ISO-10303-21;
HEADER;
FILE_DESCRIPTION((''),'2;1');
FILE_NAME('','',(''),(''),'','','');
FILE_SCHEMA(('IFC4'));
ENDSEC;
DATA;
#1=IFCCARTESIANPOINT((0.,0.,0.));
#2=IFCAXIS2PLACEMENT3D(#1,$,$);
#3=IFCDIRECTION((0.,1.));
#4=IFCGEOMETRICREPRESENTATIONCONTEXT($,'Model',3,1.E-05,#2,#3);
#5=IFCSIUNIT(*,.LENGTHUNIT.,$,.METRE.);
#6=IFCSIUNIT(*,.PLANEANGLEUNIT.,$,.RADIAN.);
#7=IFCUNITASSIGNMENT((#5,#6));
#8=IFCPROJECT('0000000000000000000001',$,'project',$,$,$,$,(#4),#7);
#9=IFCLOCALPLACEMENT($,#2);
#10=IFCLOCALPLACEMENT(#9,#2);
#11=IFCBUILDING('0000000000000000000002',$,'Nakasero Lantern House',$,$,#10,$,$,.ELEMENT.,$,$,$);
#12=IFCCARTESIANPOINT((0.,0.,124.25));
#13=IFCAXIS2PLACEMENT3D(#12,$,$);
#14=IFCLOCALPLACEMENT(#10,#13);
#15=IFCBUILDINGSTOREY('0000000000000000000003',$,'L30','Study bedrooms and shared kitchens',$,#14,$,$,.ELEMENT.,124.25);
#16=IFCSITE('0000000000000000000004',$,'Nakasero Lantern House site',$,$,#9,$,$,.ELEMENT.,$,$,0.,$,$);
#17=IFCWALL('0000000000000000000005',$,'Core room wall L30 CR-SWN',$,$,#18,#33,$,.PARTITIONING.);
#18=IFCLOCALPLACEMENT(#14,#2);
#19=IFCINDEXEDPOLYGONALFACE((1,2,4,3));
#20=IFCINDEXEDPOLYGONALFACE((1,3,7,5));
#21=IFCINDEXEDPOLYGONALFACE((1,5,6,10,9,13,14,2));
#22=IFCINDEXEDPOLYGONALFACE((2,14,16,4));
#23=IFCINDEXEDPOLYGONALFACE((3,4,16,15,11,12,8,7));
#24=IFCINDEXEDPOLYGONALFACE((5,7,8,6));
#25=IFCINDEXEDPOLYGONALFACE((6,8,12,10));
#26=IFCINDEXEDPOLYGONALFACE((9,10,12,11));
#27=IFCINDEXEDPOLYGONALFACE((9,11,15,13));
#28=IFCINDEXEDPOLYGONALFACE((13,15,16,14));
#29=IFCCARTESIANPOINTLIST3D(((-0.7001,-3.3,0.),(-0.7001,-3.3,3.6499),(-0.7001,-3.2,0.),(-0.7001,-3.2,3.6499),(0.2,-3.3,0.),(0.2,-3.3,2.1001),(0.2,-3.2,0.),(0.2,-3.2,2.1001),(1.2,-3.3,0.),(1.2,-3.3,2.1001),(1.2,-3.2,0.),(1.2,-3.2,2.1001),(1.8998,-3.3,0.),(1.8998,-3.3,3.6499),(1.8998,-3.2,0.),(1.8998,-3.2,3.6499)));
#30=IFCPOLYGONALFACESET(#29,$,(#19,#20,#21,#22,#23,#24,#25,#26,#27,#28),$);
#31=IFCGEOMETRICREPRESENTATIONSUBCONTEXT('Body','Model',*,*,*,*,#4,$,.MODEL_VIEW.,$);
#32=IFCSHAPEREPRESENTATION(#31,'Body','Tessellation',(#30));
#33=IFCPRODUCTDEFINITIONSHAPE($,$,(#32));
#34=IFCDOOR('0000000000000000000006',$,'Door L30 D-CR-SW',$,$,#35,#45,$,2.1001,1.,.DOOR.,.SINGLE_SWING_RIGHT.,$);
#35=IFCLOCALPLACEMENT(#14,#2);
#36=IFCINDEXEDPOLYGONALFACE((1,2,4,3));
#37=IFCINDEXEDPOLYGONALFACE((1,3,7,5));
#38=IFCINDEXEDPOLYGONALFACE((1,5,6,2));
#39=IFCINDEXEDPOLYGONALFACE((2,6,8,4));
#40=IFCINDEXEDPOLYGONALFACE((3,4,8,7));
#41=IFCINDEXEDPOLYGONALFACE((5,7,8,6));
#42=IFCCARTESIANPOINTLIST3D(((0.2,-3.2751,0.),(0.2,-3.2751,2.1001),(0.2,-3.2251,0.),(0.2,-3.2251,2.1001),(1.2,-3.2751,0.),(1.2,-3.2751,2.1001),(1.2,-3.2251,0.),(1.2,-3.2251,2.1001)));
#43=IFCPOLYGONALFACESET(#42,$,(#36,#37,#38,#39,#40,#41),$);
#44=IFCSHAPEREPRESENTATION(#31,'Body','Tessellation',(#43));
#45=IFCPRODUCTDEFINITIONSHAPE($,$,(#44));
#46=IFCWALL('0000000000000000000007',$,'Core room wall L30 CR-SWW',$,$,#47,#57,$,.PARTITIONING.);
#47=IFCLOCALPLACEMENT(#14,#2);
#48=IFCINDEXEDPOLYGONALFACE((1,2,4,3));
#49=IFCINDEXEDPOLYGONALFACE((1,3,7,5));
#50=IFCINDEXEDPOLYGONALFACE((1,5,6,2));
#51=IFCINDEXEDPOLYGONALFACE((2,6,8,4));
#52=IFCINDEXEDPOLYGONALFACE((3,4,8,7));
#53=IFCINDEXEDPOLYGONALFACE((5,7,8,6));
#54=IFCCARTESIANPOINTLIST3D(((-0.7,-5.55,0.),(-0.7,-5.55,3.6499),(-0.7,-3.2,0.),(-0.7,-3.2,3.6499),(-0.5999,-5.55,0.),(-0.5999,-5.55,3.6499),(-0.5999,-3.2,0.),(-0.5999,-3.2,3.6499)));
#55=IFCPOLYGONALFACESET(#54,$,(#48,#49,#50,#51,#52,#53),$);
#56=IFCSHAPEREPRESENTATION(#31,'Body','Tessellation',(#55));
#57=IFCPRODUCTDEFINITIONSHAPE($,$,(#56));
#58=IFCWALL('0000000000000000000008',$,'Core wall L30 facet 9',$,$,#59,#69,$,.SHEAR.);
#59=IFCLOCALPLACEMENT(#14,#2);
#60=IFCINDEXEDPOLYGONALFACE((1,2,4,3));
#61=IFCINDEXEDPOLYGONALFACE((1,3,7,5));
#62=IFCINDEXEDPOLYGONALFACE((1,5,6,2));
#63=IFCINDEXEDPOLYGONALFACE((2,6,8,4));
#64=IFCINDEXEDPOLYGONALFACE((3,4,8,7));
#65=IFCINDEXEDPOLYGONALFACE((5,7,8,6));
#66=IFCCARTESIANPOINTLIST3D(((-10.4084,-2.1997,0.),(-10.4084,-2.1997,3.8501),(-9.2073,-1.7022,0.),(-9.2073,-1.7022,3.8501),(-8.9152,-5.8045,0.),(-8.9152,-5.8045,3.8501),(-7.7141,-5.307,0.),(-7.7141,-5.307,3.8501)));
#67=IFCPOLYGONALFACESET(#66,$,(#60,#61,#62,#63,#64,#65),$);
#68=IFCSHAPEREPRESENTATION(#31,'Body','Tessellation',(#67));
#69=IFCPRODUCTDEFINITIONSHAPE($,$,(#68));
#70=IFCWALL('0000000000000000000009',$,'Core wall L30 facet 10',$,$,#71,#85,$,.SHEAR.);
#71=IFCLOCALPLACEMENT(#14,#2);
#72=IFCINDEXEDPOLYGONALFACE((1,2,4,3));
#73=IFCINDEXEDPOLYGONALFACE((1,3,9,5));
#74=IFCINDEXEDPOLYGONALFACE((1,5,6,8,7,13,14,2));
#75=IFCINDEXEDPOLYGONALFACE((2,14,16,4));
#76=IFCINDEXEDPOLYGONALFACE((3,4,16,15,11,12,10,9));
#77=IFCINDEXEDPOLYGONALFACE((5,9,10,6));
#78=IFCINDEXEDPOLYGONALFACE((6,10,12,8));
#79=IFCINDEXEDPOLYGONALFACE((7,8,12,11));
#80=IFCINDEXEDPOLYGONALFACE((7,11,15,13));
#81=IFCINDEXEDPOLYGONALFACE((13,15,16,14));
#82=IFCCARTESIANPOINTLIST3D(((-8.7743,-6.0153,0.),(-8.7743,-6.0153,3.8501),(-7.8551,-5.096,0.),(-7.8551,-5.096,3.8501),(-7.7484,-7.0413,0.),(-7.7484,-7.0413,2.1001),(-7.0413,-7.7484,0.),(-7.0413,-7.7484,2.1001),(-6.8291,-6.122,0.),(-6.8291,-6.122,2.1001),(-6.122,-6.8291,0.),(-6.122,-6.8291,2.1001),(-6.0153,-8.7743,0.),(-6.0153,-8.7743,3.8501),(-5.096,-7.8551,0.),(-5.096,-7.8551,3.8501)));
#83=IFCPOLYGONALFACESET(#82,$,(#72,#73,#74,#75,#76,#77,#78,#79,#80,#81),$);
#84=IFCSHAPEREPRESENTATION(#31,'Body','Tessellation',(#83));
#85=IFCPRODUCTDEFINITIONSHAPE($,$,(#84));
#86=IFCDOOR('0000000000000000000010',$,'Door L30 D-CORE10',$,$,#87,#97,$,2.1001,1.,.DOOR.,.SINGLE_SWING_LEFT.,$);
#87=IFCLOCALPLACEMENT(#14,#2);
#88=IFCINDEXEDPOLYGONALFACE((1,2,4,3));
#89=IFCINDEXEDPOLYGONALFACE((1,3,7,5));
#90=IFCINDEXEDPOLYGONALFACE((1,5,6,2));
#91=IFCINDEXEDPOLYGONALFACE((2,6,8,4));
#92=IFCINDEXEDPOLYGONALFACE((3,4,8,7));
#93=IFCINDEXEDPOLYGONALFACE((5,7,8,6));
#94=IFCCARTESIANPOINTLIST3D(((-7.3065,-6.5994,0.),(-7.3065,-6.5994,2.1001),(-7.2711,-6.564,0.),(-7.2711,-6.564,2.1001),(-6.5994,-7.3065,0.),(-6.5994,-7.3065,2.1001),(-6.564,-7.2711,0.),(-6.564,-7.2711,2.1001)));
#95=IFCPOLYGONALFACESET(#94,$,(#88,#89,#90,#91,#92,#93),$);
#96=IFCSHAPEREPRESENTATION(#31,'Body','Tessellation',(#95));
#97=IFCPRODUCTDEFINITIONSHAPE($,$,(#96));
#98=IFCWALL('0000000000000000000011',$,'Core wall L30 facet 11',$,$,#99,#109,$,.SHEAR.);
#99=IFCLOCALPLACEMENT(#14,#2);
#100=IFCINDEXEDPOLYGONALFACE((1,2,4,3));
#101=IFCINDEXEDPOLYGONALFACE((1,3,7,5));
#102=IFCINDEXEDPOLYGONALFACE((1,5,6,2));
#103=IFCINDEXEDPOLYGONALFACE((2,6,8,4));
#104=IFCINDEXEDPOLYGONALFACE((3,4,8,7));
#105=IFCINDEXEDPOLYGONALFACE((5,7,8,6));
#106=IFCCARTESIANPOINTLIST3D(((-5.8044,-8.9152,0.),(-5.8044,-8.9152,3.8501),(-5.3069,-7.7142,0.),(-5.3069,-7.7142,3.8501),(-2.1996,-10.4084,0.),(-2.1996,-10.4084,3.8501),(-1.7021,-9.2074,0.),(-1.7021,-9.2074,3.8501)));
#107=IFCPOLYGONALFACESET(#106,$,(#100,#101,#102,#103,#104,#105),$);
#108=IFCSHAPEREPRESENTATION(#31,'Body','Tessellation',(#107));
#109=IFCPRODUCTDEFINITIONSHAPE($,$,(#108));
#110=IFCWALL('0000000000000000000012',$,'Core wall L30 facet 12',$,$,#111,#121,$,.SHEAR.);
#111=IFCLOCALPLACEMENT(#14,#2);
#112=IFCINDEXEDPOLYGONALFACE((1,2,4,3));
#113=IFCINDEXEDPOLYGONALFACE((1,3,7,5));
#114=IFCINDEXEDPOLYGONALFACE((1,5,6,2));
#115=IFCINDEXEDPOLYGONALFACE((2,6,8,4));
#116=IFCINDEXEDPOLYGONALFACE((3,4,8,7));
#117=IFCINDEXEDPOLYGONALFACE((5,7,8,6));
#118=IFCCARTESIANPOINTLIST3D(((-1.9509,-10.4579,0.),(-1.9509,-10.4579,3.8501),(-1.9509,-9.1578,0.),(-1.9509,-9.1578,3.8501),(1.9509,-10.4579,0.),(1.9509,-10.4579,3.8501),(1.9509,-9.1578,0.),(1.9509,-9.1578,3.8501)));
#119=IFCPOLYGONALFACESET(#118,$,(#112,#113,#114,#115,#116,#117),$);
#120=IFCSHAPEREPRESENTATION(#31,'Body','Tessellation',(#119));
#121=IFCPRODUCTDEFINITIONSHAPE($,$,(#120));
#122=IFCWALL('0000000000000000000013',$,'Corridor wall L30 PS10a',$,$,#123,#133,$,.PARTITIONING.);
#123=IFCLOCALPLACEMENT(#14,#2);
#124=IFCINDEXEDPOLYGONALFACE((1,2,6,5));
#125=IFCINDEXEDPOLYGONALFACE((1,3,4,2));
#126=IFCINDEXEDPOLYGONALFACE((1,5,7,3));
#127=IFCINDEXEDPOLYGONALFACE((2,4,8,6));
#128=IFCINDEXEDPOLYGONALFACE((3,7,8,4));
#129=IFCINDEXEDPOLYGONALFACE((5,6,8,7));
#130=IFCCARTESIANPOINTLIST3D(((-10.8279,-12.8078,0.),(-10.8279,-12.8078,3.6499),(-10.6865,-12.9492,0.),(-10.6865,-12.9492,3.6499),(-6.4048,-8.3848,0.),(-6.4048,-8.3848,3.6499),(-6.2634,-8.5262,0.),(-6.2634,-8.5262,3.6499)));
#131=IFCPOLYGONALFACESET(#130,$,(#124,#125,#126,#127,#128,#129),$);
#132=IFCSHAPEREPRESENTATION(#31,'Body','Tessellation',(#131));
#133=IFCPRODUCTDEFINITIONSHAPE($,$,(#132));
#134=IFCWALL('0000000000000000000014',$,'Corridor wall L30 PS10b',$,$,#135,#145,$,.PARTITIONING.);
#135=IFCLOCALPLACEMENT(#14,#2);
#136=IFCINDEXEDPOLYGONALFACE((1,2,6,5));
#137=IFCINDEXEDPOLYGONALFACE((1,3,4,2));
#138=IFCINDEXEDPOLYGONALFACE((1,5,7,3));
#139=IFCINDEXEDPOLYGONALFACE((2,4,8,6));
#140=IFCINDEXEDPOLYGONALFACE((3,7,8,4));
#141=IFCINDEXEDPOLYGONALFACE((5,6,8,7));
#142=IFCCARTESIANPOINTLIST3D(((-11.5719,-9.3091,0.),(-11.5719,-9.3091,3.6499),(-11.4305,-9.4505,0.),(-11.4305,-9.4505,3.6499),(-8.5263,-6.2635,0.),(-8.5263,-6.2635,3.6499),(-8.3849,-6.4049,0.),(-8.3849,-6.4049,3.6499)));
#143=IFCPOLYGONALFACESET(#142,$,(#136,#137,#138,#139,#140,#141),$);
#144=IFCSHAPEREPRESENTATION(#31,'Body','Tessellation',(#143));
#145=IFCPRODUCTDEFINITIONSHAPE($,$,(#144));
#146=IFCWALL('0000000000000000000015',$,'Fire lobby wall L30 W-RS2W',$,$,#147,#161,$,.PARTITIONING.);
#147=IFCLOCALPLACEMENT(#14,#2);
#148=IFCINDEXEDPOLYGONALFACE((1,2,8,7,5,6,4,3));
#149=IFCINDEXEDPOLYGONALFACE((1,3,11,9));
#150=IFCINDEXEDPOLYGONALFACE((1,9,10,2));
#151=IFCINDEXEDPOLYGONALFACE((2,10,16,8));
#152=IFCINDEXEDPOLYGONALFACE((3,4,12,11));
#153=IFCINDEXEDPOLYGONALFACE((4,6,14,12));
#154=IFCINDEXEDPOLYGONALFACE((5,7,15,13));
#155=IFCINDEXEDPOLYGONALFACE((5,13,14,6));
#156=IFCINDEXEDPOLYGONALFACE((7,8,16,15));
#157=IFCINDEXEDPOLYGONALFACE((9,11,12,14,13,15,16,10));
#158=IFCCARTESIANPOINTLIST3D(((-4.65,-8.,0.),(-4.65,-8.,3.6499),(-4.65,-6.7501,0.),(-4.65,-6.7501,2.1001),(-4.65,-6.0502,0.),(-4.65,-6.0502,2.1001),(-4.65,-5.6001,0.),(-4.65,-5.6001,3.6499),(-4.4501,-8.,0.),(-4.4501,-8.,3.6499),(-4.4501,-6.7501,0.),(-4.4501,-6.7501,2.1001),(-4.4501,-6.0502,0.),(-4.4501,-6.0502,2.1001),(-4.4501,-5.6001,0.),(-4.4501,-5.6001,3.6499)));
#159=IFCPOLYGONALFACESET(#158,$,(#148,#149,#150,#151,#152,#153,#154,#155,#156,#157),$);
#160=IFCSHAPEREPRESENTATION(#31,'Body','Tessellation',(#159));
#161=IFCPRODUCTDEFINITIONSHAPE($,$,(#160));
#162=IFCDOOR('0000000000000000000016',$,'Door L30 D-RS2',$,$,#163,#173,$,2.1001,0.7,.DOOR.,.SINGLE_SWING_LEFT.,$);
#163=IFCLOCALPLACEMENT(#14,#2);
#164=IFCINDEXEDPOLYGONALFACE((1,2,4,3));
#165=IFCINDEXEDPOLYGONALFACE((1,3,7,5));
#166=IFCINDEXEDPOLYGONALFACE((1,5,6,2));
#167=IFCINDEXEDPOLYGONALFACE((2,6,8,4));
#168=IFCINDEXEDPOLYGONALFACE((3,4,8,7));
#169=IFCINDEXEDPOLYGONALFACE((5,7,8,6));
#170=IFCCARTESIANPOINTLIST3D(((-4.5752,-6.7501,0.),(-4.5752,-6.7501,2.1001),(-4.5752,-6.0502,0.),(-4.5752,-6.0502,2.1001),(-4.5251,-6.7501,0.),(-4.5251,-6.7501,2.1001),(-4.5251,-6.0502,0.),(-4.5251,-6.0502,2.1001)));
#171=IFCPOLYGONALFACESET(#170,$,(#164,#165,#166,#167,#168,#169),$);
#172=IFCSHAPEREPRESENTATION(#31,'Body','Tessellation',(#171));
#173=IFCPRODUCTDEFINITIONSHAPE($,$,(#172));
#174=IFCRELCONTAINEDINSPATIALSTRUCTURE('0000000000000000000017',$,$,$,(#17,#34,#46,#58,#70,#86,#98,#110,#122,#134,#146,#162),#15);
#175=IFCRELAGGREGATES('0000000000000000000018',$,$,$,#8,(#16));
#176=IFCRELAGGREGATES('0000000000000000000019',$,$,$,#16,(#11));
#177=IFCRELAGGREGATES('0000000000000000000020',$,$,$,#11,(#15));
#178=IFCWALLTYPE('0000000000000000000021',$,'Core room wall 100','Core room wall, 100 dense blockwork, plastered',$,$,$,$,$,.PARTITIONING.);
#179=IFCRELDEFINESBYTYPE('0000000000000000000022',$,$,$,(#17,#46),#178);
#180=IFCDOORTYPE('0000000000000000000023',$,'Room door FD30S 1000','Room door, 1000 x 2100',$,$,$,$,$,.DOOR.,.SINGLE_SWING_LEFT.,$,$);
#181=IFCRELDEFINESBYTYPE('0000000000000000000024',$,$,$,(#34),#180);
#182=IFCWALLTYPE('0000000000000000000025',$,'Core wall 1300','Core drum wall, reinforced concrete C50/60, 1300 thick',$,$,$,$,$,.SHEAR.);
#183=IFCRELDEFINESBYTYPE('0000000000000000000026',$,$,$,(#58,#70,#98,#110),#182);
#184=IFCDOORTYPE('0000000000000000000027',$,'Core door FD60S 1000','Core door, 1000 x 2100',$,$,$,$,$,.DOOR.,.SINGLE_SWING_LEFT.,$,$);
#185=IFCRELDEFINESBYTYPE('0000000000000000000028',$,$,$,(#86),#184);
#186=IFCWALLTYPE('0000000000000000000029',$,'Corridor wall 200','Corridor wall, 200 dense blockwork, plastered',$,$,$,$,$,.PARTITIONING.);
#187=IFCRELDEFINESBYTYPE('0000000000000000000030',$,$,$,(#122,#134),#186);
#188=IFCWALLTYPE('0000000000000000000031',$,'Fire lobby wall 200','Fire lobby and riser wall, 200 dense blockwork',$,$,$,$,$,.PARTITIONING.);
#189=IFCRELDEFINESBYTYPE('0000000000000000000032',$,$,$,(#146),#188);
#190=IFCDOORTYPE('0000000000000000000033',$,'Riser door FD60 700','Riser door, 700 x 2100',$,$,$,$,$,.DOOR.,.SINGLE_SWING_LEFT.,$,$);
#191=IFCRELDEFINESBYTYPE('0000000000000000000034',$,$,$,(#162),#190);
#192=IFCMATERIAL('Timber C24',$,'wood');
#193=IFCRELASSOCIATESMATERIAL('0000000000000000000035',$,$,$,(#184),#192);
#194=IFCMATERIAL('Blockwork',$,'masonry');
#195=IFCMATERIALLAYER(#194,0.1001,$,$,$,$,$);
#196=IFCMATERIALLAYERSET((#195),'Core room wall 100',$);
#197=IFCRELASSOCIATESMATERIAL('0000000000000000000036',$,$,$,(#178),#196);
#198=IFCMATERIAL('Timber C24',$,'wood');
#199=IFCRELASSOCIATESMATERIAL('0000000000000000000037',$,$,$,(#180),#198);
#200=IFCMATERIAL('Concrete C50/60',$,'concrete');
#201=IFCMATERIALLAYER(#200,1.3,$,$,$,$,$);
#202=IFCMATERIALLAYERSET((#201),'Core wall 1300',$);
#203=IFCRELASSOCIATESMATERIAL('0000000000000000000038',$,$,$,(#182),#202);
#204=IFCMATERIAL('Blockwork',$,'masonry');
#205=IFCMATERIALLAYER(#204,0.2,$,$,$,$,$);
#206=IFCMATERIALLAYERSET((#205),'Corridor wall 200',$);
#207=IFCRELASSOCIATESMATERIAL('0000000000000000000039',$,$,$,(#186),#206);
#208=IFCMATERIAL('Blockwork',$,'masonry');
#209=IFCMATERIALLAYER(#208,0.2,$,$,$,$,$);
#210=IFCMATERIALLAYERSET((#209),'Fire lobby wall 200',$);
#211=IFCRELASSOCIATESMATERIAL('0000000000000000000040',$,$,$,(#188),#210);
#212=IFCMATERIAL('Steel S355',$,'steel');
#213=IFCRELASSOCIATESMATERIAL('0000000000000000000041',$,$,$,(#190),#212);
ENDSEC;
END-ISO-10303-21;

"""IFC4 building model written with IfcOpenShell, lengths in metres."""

from ifc_helpers import new_model, si_unit, direction, frame, frame_2d, origin, place, context, subcontext, project, spatial, rectangle, extrude, material, layer, layer_set, type_object, element, fill, save


model = new_model("IFC4")

# Units and contexts
model_context = context("Model", 3, precision=1e-05, world=origin(), true_north=direction((0.0, 1.0)))
body_context = subcontext(model_context, "Body", "Model", "MODEL_VIEW")
ifc_project = project(units=[si_unit("LENGTHUNIT", "METRE"), si_unit("PLANEANGLEUNIT", "RADIAN")], contexts=[model_context])

# Site, building, storey
site_placement = place(None, origin())
site = spatial("IfcSite", under=ifc_project, at=site_placement, Name="Nakasero Lantern House site", CompositionType="ELEMENT", RefElevation=0.0)
building_placement = place(site_placement, origin())
building = spatial("IfcBuilding", under=site, at=building_placement, Name="Nakasero Lantern House", CompositionType="ELEMENT")
storey_placement = place(building_placement, frame((0.0, 0.0, 124.25)))
storey = spatial("IfcBuildingStorey", under=building, at=storey_placement, Name="L30", Description="Study bedrooms and shared kitchens", CompositionType="ELEMENT", Elevation=124.25)

# Shared definitions
ifc_material_1 = material(Name="Timber C24", Category="wood")
door_type_1 = type_object("IfcDoorType", Name="Core door FD60S 1000", Description="Core door, 1000 x 2100", OperationType="SINGLE_SWING_LEFT", PredefinedType="DOOR", material=ifc_material_1)

# Wall, opening, door
ifc_material_2 = material(Name="Blockwork", Category="masonry")
ifc_layer_1 = layer(ifc_material_2, 0.1001)
ifc_layer_set_1 = layer_set([ifc_layer_1], Name="Core room wall 100")
wall_type_1 = type_object("IfcWallType", Name="Core room wall 100", Description="Core room wall, 100 dense blockwork, plastered", PredefinedType="PARTITIONING", material=ifc_layer_set_1)
wall_1_placement = place(storey_placement, frame((-0.7, -3.25, 0.0), z_axis=(0.0, 0.0, 1.0), x_axis=(1.0, 0.0, 0.0)))
wall_1 = element("IfcWall", 1, at=wall_1_placement, inside=storey, type_object=wall_type_1, Name="Core room wall L30 CR-SWN", PredefinedType="PARTITIONING", context=body_context, shape_type="SweptSolid", body=[
    extrude(rectangle(XDim=2.5999, YDim=0.1001, at=frame_2d((1.2998, 0.0))), origin(), (0.0, 0.0, 1.0), 3.6499),
])
opening_1_placement = place(wall_1_placement, frame((0.8999, 0.0, 0.0)))
opening_1 = element("IfcOpeningElement", 2, at=opening_1_placement, cuts=wall_1, PredefinedType="OPENING", context=body_context, shape_type="SweptSolid", body=[
    extrude(rectangle(XDim=1.0, YDim=2.1001, at=frame_2d((0.5, 1.05))), frame((0.0, 0.0701, 0.0), z_axis=(0.0, -1.0, 0.0), x_axis=(1.0, 0.0, 0.0)), (0.0, 0.0, 1.0), 0.1401),
])
ifc_material_3 = material(Name="Timber C24", Category="wood")
door_type_2 = type_object("IfcDoorType", Name="Room door FD30S 1000", Description="Room door, 1000 x 2100", OperationType="SINGLE_SWING_LEFT", PredefinedType="DOOR", material=ifc_material_3)
door_1_placement = place(opening_1_placement, origin())
door_1 = element("IfcDoor", 3, at=door_1_placement, inside=storey, type_object=door_type_2, Name="Door L30 D-CR-SW", OperationType="SINGLE_SWING_RIGHT", OverallHeight=2.1001, OverallWidth=1.0, PredefinedType="DOOR", context=body_context, shape_type="SweptSolid", body=[
    extrude(rectangle(XDim=1.0, YDim=2.1001, at=frame_2d((0.5, 1.05))), frame((0.0, 0.0249, 0.0), z_axis=(0.0, -1.0, 0.0), x_axis=(1.0, 0.0, 0.0)), (0.0, 0.0, 1.0), 0.05),
])
fill(opening_1, door_1)

# Walls
wall_2_placement = place(storey_placement, frame((-0.6499, -5.55, 0.0), z_axis=(0.0, 0.0, 1.0), x_axis=(0.0, 1.0, 0.0)))
element("IfcWall", 4, at=wall_2_placement, inside=storey, type_object=wall_type_1, Name="Core room wall L30 CR-SWW", PredefinedType="PARTITIONING", context=body_context, shape_type="SweptSolid", body=[
    extrude(rectangle(XDim=2.3501, YDim=0.1001, at=frame_2d((1.175, 0.0))), origin(), (0.0, 0.0, 1.0), 3.6499),
])
ifc_material_4 = material(Name="Concrete C50/60", Category="concrete")
ifc_layer_2 = layer(ifc_material_4, 1.3)
ifc_layer_set_2 = layer_set([ifc_layer_2], Name="Core wall 1300")
wall_type_2 = type_object("IfcWallType", Name="Core wall 1300", Description="Core drum wall, reinforced concrete C50/60, 1300 thick", PredefinedType="SHEAR", material=ifc_layer_set_2)
wall_3_placement = place(storey_placement, frame((-9.8079, -1.9509, 0.0), z_axis=(0.0, 0.0, 1.0), x_axis=(0.382691, -0.923877, 0.0)))
element("IfcWall", 5, at=wall_3_placement, inside=storey, type_object=wall_type_2, Name="Core wall L30 facet 9", PredefinedType="SHEAR", context=body_context, shape_type="SweptSolid", body=[
    extrude(rectangle(XDim=3.9019, YDim=1.3, at=frame_2d((1.9509, 0.0))), origin(), (0.0, 0.0, 1.0), 3.8501),
])

# Wall, opening, door
wall_4_placement = place(storey_placement, frame((-8.3147, -5.5557, 0.0), z_axis=(0.0, 0.0, 1.0), x_axis=(0.707107, -0.707107, 0.0)))
wall_4 = element("IfcWall", 6, at=wall_4_placement, inside=storey, type_object=wall_type_2, Name="Core wall L30 facet 10", PredefinedType="SHEAR", context=body_context, shape_type="SweptSolid", body=[
    extrude(rectangle(XDim=3.9019, YDim=1.3, at=frame_2d((1.9509, 0.0))), origin(), (0.0, 0.0, 1.0), 3.8501),
])
opening_2_placement = place(wall_4_placement, frame((1.4509, 0.0, 0.0)))
opening_2 = element("IfcOpeningElement", 7, at=opening_2_placement, cuts=wall_4, PredefinedType="OPENING", context=body_context, shape_type="SweptSolid", body=[
    extrude(rectangle(XDim=1.0, YDim=2.1001, at=frame_2d((0.5, 1.05))), frame((0.0, 0.6699, 0.0), z_axis=(0.0, -1.0, 0.0), x_axis=(1.0, 0.0, 0.0)), (0.0, 0.0, 1.0), 1.3401),
])
door_2_placement = place(opening_2_placement, origin())
door_2 = element("IfcDoor", 8, at=door_2_placement, inside=storey, type_object=door_type_1, Name="Door L30 D-CORE10", OperationType="SINGLE_SWING_LEFT", OverallHeight=2.1001, OverallWidth=1.0, PredefinedType="DOOR", context=body_context, shape_type="SweptSolid", body=[
    extrude(rectangle(XDim=1.0, YDim=2.1001, at=frame_2d((0.5, 1.05))), frame((0.0, 0.0249, 0.0), z_axis=(0.0, -1.0, 0.0), x_axis=(1.0, 0.0, 0.0)), (0.0, 0.0, 1.0), 0.05),
])
fill(opening_2, door_2)

# Walls
for number, where, z_axis, x_axis, name in (
    (9, (-5.5557, -8.3147, 0.0), (0.0, 0.0, 1.0), (0.923877, -0.382691, 0.0), "Core wall L30 facet 11"),
    (10, (-1.9509, -9.8079, 0.0), (0.0, 0.0, 1.0), (1.0, 0.0, 0.0), "Core wall L30 facet 12"),
):
    element("IfcWall", number, at=place(storey_placement, frame(where, z_axis=z_axis, x_axis=x_axis)), inside=storey, type_object=wall_type_2, Name=name, PredefinedType="SHEAR", context=body_context, shape_type="SweptSolid", body=[
        extrude(rectangle(XDim=3.9019, YDim=1.3, at=frame_2d((1.9509, 0.0))), origin(), (0.0, 0.0, 1.0), 3.8501),
    ])
ifc_material_5 = material(Name="Blockwork", Category="masonry")
ifc_layer_3 = layer(ifc_material_5, 0.2)
ifc_layer_set_3 = layer_set([ifc_layer_3], Name="Corridor wall 200")
wall_type_3 = type_object("IfcWallType", Name="Corridor wall 200", Description="Corridor wall, 200 dense blockwork, plastered", PredefinedType="PARTITIONING", material=ifc_layer_set_3)
wall_5_placement = place(storey_placement, frame((-6.3342, -8.4556, 0.0), z_axis=(0.0, 0.0, 1.0), x_axis=(-0.707107, -0.707107, 0.0)))
element("IfcWall", 11, at=wall_5_placement, inside=storey, type_object=wall_type_3, Name="Corridor wall L30 PS10a", PredefinedType="PARTITIONING", context=body_context, shape_type="SweptSolid", body=[
    extrude(rectangle(XDim=6.2551, YDim=0.2, at=frame_2d((3.1274, 0.0))), origin(), (0.0, 0.0, 1.0), 3.6499),
])
wall_6_placement = place(storey_placement, frame((-8.4556, -6.3342, 0.0), z_axis=(0.0, 0.0, 1.0), x_axis=(-0.707107, -0.707107, 0.0)))
element("IfcWall", 12, at=wall_6_placement, inside=storey, type_object=wall_type_3, Name="Corridor wall L30 PS10b", PredefinedType="PARTITIONING", context=body_context, shape_type="SweptSolid", body=[
    extrude(rectangle(XDim=4.3071, YDim=0.2, at=frame_2d((2.1536, 0.0))), origin(), (0.0, 0.0, 1.0), 3.6499),
])

# Wall, opening, door
ifc_material_6 = material(Name="Blockwork", Category="masonry")
ifc_layer_4 = layer(ifc_material_6, 0.2)
ifc_layer_set_4 = layer_set([ifc_layer_4], Name="Fire lobby wall 200")
wall_type_4 = type_object("IfcWallType", Name="Fire lobby wall 200", Description="Fire lobby and riser wall, 200 dense blockwork", PredefinedType="PARTITIONING", material=ifc_layer_set_4)
wall_7_placement = place(storey_placement, frame((-4.55, -5.6001, 0.0), z_axis=(0.0, 0.0, 1.0), x_axis=(0.0, -1.0, 0.0)))
wall_7 = element("IfcWall", 13, at=wall_7_placement, inside=storey, type_object=wall_type_4, Name="Fire lobby wall L30 W-RS2W", PredefinedType="PARTITIONING", context=body_context, shape_type="SweptSolid", body=[
    extrude(rectangle(XDim=2.3999, YDim=0.2, at=frame_2d((1.2, 0.0))), origin(), (0.0, 0.0, 1.0), 3.6499),
])
opening_3_placement = place(wall_7_placement, frame((0.45, 0.0, 0.0)))
opening_3 = element("IfcOpeningElement", 14, at=opening_3_placement, cuts=wall_7, PredefinedType="OPENING", context=body_context, shape_type="SweptSolid", body=[
    extrude(rectangle(XDim=0.7, YDim=2.1001, at=frame_2d((0.3501, 1.05))), frame((0.0, 0.1199, 0.0), z_axis=(0.0, -1.0, 0.0), x_axis=(1.0, 0.0, 0.0)), (0.0, 0.0, 1.0), 0.24),
])
ifc_material_7 = material(Name="Steel S355", Category="steel")
door_type_3 = type_object("IfcDoorType", Name="Riser door FD60 700", Description="Riser door, 700 x 2100", OperationType="SINGLE_SWING_LEFT", PredefinedType="DOOR", material=ifc_material_7)
door_3_placement = place(opening_3_placement, origin())
door_3 = element("IfcDoor", 15, at=door_3_placement, inside=storey, type_object=door_type_3, Name="Door L30 D-RS2", OperationType="SINGLE_SWING_LEFT", OverallHeight=2.1001, OverallWidth=0.7, PredefinedType="DOOR", context=body_context, shape_type="SweptSolid", body=[
    extrude(rectangle(XDim=0.7, YDim=2.1001, at=frame_2d((0.3501, 1.05))), frame((0.0, 0.0249, 0.0), z_axis=(0.0, -1.0, 0.0), x_axis=(1.0, 0.0, 0.0)), (0.0, 0.0, 1.0), 0.05),
])
fill(opening_3, door_3)

save(model, "model.ifc")
